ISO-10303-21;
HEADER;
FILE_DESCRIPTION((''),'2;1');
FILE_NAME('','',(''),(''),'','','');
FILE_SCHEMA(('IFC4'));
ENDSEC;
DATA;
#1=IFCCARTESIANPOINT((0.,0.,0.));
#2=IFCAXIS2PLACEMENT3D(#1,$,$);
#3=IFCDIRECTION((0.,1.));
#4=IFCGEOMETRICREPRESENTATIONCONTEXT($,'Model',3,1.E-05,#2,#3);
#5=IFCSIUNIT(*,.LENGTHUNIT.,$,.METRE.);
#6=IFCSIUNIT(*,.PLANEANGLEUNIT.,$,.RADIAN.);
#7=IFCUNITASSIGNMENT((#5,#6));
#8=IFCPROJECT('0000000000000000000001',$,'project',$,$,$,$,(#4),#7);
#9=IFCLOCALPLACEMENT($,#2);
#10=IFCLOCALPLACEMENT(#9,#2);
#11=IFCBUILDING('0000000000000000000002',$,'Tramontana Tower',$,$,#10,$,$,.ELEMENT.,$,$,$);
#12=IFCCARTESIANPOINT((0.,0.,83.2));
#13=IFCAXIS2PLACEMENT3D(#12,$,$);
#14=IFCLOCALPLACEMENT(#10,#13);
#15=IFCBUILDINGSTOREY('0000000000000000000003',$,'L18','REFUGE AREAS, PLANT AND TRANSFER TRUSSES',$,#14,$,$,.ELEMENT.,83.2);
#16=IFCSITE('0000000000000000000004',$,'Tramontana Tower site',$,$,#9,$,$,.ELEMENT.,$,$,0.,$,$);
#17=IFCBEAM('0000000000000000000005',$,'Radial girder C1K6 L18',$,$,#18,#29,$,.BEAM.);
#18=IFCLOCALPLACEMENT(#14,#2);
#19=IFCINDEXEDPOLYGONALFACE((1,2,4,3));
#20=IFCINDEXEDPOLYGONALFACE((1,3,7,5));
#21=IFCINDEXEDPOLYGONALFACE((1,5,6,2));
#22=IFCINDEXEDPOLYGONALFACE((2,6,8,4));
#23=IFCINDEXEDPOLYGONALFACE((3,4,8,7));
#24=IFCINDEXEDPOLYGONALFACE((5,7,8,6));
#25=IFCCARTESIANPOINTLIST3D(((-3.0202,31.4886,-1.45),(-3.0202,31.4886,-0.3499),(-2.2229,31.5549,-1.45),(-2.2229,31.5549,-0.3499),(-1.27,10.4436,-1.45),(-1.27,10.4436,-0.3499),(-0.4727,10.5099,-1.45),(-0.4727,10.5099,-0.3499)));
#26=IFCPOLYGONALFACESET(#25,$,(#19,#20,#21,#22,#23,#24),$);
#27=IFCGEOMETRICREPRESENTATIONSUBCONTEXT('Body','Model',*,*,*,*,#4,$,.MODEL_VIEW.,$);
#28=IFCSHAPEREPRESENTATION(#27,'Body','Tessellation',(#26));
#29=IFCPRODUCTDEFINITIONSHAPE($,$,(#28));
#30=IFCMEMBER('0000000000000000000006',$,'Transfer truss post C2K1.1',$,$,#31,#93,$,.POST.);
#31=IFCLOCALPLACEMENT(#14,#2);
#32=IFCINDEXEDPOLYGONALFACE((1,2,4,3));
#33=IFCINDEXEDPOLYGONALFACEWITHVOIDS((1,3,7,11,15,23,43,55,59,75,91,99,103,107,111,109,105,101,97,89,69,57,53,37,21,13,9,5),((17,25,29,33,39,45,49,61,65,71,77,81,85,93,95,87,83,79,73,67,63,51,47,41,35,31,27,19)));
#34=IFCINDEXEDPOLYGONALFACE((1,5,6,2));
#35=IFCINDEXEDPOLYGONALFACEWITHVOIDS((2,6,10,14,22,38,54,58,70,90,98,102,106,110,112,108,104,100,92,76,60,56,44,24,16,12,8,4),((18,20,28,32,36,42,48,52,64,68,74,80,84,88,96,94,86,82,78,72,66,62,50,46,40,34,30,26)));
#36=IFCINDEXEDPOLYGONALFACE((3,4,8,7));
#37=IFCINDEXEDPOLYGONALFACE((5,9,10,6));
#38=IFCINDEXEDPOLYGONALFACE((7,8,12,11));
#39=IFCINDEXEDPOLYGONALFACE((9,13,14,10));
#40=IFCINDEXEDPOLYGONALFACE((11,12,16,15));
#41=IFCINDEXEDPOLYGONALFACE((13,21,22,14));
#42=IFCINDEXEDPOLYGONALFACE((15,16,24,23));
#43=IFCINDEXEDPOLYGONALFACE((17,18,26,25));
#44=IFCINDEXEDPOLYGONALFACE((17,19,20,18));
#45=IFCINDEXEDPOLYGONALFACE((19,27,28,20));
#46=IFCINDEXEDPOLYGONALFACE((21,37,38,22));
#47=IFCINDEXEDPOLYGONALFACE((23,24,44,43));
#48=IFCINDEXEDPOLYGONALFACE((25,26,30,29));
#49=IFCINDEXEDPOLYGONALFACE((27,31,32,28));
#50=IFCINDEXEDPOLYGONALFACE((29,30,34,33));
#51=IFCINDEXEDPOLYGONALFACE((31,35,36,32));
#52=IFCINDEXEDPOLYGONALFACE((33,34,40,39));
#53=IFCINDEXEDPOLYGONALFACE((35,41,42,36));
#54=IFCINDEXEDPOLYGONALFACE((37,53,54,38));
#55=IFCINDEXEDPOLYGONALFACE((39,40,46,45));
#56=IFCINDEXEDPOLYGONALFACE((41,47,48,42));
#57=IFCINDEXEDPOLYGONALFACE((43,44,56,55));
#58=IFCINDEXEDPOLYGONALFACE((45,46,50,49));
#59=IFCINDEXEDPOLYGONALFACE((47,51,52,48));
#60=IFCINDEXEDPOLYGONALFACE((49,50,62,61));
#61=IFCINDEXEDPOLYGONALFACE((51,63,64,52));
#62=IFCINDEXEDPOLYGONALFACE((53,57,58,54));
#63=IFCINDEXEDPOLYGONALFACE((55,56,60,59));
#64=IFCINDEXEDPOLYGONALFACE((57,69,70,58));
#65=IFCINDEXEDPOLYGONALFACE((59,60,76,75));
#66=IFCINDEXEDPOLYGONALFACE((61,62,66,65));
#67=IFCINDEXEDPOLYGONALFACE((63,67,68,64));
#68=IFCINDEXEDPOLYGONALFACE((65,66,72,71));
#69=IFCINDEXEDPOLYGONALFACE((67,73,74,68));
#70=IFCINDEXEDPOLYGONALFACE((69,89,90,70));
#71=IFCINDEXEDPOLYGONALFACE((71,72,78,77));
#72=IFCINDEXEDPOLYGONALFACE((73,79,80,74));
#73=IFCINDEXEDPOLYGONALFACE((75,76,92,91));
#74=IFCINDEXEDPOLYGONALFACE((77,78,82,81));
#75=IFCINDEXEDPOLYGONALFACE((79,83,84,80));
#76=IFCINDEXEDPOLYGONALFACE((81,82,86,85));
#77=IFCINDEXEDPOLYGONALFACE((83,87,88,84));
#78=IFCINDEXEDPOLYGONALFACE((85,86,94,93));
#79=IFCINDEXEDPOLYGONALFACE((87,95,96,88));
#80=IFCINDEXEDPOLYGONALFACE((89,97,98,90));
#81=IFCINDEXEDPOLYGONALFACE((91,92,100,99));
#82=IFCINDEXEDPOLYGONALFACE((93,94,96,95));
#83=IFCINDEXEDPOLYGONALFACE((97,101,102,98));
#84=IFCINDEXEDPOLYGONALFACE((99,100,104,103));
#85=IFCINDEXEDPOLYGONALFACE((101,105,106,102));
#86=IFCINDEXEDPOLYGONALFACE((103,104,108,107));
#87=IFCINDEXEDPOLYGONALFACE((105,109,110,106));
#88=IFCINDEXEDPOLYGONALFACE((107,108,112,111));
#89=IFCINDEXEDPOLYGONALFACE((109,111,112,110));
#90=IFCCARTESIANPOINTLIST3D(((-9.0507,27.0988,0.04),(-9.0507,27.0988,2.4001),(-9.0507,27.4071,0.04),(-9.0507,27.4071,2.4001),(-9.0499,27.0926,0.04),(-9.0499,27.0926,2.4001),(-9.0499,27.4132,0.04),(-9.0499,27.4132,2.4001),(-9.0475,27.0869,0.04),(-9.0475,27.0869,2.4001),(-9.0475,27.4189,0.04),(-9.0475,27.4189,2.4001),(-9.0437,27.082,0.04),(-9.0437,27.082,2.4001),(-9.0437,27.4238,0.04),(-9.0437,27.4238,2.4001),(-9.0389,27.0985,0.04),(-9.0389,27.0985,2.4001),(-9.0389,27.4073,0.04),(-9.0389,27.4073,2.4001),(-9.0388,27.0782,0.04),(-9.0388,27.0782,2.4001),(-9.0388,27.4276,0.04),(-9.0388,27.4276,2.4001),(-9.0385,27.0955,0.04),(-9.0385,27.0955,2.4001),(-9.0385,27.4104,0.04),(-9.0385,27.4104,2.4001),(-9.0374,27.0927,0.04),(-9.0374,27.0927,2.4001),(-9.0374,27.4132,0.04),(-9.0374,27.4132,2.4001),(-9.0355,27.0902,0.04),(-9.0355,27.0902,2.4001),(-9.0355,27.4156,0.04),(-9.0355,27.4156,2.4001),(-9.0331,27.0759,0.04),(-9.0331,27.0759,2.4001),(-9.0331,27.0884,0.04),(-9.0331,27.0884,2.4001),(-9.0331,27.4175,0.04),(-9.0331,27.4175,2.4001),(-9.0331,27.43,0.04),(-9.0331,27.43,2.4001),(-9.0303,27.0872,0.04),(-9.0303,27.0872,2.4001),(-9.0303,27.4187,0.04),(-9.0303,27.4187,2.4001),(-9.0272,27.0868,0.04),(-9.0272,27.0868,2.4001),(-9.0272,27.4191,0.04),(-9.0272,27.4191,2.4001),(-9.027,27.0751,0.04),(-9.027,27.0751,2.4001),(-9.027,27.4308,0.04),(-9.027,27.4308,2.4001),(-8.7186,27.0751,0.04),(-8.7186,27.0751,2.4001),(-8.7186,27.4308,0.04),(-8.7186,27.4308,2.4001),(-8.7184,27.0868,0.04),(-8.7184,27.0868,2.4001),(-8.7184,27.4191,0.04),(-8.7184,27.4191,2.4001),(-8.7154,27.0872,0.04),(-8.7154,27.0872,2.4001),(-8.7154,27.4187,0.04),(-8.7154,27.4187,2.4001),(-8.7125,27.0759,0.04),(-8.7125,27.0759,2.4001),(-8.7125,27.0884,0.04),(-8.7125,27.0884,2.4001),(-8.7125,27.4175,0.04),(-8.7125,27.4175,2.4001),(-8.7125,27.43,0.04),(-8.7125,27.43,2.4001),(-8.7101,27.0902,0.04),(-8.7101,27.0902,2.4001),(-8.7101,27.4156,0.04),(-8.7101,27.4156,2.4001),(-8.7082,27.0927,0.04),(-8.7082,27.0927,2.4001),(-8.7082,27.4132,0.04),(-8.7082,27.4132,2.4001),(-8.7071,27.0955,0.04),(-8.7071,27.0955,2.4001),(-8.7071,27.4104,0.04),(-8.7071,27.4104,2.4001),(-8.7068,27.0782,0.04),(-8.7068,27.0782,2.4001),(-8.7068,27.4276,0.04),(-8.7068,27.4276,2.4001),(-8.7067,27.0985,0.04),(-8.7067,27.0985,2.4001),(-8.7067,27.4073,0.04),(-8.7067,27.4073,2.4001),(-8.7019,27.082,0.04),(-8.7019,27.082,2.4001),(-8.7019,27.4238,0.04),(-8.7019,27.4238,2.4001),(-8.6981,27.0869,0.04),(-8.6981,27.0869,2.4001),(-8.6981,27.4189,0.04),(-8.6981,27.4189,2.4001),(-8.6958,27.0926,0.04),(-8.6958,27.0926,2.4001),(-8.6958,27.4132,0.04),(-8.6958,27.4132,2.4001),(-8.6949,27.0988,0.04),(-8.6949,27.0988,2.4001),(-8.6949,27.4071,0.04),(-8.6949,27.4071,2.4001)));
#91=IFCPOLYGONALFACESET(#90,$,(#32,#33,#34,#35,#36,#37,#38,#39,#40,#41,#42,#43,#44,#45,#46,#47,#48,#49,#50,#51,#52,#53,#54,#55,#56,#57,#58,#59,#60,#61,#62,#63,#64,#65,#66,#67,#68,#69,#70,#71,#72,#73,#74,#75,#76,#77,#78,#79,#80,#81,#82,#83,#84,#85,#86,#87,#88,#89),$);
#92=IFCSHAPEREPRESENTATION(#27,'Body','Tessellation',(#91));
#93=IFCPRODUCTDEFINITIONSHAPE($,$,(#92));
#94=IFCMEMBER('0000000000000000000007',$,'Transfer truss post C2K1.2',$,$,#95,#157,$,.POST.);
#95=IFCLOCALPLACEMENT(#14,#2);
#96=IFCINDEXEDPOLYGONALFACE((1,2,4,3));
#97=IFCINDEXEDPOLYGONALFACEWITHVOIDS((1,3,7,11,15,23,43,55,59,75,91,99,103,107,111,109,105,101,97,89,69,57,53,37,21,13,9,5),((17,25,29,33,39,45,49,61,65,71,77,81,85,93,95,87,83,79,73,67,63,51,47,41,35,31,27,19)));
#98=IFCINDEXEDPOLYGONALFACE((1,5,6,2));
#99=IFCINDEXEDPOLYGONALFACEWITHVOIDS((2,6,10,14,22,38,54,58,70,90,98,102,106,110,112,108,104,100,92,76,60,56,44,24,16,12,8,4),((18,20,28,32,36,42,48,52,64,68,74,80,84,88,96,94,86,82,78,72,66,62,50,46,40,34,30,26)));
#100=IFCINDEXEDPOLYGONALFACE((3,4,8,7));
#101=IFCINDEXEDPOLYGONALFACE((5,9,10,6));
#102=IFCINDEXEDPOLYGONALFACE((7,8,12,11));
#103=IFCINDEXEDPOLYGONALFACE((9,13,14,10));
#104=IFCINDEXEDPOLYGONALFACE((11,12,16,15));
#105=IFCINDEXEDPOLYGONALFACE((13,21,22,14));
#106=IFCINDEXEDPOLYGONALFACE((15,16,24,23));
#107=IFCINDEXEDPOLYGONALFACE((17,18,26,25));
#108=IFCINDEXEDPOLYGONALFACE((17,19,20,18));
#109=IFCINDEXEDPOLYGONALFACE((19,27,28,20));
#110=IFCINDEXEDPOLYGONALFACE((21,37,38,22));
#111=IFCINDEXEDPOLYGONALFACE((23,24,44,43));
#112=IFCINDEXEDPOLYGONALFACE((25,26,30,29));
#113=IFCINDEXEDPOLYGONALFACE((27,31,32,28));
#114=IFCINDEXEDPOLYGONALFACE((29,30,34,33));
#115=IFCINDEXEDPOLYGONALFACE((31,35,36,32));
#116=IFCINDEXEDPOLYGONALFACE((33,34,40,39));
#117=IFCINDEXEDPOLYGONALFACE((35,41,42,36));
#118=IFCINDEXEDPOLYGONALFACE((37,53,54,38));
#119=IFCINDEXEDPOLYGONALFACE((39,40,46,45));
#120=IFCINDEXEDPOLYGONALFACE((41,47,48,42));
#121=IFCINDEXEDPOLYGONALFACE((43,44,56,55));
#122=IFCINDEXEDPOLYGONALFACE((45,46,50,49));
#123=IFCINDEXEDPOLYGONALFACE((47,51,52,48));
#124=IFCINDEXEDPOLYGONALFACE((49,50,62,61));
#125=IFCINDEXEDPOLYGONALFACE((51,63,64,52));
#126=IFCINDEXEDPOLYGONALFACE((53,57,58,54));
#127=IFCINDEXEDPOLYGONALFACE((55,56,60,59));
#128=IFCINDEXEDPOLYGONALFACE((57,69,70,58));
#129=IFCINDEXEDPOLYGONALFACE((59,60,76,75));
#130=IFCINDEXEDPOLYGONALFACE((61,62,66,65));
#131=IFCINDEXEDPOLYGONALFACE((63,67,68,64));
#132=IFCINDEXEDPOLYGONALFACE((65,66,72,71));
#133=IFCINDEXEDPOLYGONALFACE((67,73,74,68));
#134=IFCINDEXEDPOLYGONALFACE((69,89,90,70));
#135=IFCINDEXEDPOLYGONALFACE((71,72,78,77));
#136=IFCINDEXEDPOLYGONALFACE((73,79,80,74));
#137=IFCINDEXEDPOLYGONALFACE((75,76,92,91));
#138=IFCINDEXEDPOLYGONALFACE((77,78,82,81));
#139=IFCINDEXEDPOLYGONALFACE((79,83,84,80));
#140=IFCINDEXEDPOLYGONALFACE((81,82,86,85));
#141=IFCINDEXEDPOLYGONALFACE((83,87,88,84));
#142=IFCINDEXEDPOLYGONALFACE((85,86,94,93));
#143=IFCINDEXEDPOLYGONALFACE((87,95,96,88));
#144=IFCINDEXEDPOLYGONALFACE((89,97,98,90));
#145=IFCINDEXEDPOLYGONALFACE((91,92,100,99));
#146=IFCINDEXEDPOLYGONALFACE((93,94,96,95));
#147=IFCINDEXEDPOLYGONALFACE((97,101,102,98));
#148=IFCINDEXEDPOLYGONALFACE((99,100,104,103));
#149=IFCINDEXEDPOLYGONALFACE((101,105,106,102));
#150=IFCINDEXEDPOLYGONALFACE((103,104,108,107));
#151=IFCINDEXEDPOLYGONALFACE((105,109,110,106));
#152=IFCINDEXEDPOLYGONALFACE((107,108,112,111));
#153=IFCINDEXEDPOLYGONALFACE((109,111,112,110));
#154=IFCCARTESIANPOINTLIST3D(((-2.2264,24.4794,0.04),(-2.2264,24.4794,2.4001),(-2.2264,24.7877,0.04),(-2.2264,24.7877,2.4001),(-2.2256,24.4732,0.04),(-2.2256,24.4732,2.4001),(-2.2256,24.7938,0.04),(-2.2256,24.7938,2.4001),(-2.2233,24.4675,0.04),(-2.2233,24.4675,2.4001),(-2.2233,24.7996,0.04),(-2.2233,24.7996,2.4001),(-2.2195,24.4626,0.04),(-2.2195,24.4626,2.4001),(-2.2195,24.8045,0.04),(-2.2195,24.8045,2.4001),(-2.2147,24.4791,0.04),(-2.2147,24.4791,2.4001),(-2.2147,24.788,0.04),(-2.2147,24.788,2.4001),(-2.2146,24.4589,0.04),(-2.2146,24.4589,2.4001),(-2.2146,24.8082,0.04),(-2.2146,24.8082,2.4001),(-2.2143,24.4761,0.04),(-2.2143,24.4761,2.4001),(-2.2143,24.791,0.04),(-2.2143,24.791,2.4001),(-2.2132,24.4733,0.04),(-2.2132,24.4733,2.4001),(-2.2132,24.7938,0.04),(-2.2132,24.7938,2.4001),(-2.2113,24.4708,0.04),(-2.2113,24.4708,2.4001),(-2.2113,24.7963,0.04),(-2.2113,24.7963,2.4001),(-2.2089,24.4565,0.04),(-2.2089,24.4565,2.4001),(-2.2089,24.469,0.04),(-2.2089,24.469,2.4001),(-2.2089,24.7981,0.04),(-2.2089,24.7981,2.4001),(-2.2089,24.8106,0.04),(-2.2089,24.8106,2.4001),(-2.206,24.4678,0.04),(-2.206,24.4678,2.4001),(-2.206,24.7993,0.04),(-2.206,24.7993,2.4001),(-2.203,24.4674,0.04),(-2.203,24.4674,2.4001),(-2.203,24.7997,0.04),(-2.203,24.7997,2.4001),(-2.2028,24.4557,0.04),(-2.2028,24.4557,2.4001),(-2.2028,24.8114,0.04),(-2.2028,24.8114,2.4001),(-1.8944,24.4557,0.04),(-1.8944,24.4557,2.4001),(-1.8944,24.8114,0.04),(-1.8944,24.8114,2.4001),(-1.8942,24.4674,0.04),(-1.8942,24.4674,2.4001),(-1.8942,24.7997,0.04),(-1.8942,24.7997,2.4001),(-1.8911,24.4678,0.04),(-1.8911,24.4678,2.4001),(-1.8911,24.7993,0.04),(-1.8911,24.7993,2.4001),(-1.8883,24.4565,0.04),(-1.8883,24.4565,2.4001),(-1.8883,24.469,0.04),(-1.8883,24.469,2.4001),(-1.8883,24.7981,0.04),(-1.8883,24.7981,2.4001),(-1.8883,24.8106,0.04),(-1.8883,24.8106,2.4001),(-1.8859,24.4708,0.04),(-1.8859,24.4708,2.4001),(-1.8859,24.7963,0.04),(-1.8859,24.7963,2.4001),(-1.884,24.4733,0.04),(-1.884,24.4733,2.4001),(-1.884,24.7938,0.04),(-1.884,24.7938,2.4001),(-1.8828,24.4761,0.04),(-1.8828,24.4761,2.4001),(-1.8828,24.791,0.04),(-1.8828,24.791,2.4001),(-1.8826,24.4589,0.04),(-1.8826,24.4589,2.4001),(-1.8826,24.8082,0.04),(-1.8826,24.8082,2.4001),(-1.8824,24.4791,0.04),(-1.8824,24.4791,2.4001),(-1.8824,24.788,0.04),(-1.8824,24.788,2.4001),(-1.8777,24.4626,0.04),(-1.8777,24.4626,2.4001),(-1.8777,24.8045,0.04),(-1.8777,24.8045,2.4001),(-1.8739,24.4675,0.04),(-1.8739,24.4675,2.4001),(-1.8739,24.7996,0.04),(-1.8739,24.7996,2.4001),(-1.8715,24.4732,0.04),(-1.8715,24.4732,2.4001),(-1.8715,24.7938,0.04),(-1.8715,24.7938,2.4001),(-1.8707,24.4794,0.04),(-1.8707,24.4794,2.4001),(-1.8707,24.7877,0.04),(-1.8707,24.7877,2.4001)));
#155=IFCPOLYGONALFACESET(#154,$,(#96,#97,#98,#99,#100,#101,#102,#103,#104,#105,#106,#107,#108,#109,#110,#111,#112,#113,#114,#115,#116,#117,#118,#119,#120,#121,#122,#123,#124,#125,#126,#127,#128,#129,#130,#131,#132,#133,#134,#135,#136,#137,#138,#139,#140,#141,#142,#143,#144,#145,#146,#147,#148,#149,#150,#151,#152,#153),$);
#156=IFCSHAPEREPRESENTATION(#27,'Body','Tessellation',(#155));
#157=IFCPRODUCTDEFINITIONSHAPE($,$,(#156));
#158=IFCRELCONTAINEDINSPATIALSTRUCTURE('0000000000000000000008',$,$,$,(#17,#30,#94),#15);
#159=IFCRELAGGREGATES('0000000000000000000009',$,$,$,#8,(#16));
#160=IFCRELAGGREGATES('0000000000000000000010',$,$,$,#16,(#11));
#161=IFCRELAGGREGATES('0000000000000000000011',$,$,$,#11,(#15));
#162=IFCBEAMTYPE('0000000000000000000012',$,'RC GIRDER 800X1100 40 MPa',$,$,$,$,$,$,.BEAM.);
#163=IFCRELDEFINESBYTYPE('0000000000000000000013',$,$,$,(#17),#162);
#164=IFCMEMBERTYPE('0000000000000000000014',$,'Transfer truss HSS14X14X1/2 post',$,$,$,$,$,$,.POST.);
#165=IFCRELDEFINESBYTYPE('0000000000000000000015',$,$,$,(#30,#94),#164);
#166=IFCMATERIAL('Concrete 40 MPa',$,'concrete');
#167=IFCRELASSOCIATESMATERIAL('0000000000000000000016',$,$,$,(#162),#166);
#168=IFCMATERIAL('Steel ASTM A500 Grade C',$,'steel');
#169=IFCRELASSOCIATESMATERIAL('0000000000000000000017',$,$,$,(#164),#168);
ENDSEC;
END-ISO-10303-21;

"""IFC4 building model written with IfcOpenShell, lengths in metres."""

from ifc_helpers import new_model, si_unit, direction, frame, origin, origin_2d, place, context, subcontext, project, spatial, rectangle, hollow_rectangle, extrude, material, material_profile, profile_set, type_object, element, save


model = new_model("IFC4")

# Units and contexts
model_context = context("Model", 3, precision=1e-05, world=origin(), true_north=direction((0.0, 1.0)))
body_context = subcontext(model_context, "Body", "Model", "MODEL_VIEW")
ifc_project = project(units=[si_unit("LENGTHUNIT", "METRE"), si_unit("PLANEANGLEUNIT", "RADIAN")], contexts=[model_context])

# Site, building, storey
site_placement = place(None, origin())
site = spatial("IfcSite", under=ifc_project, at=site_placement, Name="Tramontana Tower site", CompositionType="ELEMENT", RefElevation=0.0)
building_placement = place(site_placement, origin())
building = spatial("IfcBuilding", under=site, at=building_placement, Name="Tramontana Tower", CompositionType="ELEMENT")
storey_placement = place(building_placement, frame((0.0, 0.0, 83.2)))
storey = spatial("IfcBuildingStorey", under=building, at=storey_placement, Name="L18", Description="REFUGE AREAS, PLANT AND TRANSFER TRUSSES", CompositionType="ELEMENT", Elevation=83.2)

# Beam
ifc_material_1 = material(Name="Concrete 40 MPa", Category="concrete")
ifc_material_profile_1 = material_profile(ifc_material_1, rectangle(XDim=0.8, YDim=1.1001, at=origin_2d()), Name="RC GIRDER 800X1100 40 MPa")
ifc_profile_set_1 = profile_set([ifc_material_profile_1], Name="Concrete 40 MPa")
beam_type_1 = type_object("IfcBeamType", Name="RC GIRDER 800X1100 40 MPa", PredefinedType="BEAM", material=ifc_profile_set_1)
beam_1_placement = place(storey_placement, frame((-2.6216, 31.5217, -0.8999), z_axis=(0.082881, -0.996559, 0.0), x_axis=(0.996559, 0.082881, 0.0)))
element("IfcBeam", 1, at=beam_1_placement, inside=storey, type_object=beam_type_1, Name="Radial girder C1K6 L18", PredefinedType="BEAM", context=body_context, shape_type="SweptSolid", body=[
    extrude(rectangle(XDim=0.8, YDim=1.1001, at=origin_2d()), origin(), (0.0, 0.0, 1.0), 21.1177),
])

# Members
ifc_material_2 = material(Name="Steel ASTM A500 Grade C", Category="steel")
ifc_material_profile_2 = material_profile(ifc_material_2, hollow_rectangle(XDim=0.3557, YDim=0.3557, WallThickness=0.0117, InnerFilletRadius=0.0117, OuterFilletRadius=0.0237, at=origin_2d()), Name="HSS14X14X1/2")
ifc_profile_set_2 = profile_set([ifc_material_profile_2], Name="Steel ASTM A500 Grade C")
member_type_1 = type_object("IfcMemberType", Name="Transfer truss HSS14X14X1/2 post", PredefinedType="POST", material=ifc_profile_set_2)
for number, where, z_axis, x_axis, name in (
    (2, (-8.8728, 27.2529, 0.04), (0.0, 0.0, 1.0), (1.0, 0.0, 0.0), "Transfer truss post C2K1.1"),
    (3, (-2.0486, 24.6335, 0.04), (0.0, 0.0, 1.0), (1.0, 0.0, 0.0), "Transfer truss post C2K1.2"),
):
    element("IfcMember", number, at=place(storey_placement, frame(where, z_axis=z_axis, x_axis=x_axis)), inside=storey, type_object=member_type_1, Name=name, PredefinedType="POST", context=body_context, shape_type="SweptSolid", body=[
        extrude(hollow_rectangle(XDim=0.3557, YDim=0.3557, WallThickness=0.0117, InnerFilletRadius=0.0117, OuterFilletRadius=0.0237, at=origin_2d()), origin(), (0.0, 0.0, 1.0), 2.3601),
    ])

save(model, "model.ifc")
